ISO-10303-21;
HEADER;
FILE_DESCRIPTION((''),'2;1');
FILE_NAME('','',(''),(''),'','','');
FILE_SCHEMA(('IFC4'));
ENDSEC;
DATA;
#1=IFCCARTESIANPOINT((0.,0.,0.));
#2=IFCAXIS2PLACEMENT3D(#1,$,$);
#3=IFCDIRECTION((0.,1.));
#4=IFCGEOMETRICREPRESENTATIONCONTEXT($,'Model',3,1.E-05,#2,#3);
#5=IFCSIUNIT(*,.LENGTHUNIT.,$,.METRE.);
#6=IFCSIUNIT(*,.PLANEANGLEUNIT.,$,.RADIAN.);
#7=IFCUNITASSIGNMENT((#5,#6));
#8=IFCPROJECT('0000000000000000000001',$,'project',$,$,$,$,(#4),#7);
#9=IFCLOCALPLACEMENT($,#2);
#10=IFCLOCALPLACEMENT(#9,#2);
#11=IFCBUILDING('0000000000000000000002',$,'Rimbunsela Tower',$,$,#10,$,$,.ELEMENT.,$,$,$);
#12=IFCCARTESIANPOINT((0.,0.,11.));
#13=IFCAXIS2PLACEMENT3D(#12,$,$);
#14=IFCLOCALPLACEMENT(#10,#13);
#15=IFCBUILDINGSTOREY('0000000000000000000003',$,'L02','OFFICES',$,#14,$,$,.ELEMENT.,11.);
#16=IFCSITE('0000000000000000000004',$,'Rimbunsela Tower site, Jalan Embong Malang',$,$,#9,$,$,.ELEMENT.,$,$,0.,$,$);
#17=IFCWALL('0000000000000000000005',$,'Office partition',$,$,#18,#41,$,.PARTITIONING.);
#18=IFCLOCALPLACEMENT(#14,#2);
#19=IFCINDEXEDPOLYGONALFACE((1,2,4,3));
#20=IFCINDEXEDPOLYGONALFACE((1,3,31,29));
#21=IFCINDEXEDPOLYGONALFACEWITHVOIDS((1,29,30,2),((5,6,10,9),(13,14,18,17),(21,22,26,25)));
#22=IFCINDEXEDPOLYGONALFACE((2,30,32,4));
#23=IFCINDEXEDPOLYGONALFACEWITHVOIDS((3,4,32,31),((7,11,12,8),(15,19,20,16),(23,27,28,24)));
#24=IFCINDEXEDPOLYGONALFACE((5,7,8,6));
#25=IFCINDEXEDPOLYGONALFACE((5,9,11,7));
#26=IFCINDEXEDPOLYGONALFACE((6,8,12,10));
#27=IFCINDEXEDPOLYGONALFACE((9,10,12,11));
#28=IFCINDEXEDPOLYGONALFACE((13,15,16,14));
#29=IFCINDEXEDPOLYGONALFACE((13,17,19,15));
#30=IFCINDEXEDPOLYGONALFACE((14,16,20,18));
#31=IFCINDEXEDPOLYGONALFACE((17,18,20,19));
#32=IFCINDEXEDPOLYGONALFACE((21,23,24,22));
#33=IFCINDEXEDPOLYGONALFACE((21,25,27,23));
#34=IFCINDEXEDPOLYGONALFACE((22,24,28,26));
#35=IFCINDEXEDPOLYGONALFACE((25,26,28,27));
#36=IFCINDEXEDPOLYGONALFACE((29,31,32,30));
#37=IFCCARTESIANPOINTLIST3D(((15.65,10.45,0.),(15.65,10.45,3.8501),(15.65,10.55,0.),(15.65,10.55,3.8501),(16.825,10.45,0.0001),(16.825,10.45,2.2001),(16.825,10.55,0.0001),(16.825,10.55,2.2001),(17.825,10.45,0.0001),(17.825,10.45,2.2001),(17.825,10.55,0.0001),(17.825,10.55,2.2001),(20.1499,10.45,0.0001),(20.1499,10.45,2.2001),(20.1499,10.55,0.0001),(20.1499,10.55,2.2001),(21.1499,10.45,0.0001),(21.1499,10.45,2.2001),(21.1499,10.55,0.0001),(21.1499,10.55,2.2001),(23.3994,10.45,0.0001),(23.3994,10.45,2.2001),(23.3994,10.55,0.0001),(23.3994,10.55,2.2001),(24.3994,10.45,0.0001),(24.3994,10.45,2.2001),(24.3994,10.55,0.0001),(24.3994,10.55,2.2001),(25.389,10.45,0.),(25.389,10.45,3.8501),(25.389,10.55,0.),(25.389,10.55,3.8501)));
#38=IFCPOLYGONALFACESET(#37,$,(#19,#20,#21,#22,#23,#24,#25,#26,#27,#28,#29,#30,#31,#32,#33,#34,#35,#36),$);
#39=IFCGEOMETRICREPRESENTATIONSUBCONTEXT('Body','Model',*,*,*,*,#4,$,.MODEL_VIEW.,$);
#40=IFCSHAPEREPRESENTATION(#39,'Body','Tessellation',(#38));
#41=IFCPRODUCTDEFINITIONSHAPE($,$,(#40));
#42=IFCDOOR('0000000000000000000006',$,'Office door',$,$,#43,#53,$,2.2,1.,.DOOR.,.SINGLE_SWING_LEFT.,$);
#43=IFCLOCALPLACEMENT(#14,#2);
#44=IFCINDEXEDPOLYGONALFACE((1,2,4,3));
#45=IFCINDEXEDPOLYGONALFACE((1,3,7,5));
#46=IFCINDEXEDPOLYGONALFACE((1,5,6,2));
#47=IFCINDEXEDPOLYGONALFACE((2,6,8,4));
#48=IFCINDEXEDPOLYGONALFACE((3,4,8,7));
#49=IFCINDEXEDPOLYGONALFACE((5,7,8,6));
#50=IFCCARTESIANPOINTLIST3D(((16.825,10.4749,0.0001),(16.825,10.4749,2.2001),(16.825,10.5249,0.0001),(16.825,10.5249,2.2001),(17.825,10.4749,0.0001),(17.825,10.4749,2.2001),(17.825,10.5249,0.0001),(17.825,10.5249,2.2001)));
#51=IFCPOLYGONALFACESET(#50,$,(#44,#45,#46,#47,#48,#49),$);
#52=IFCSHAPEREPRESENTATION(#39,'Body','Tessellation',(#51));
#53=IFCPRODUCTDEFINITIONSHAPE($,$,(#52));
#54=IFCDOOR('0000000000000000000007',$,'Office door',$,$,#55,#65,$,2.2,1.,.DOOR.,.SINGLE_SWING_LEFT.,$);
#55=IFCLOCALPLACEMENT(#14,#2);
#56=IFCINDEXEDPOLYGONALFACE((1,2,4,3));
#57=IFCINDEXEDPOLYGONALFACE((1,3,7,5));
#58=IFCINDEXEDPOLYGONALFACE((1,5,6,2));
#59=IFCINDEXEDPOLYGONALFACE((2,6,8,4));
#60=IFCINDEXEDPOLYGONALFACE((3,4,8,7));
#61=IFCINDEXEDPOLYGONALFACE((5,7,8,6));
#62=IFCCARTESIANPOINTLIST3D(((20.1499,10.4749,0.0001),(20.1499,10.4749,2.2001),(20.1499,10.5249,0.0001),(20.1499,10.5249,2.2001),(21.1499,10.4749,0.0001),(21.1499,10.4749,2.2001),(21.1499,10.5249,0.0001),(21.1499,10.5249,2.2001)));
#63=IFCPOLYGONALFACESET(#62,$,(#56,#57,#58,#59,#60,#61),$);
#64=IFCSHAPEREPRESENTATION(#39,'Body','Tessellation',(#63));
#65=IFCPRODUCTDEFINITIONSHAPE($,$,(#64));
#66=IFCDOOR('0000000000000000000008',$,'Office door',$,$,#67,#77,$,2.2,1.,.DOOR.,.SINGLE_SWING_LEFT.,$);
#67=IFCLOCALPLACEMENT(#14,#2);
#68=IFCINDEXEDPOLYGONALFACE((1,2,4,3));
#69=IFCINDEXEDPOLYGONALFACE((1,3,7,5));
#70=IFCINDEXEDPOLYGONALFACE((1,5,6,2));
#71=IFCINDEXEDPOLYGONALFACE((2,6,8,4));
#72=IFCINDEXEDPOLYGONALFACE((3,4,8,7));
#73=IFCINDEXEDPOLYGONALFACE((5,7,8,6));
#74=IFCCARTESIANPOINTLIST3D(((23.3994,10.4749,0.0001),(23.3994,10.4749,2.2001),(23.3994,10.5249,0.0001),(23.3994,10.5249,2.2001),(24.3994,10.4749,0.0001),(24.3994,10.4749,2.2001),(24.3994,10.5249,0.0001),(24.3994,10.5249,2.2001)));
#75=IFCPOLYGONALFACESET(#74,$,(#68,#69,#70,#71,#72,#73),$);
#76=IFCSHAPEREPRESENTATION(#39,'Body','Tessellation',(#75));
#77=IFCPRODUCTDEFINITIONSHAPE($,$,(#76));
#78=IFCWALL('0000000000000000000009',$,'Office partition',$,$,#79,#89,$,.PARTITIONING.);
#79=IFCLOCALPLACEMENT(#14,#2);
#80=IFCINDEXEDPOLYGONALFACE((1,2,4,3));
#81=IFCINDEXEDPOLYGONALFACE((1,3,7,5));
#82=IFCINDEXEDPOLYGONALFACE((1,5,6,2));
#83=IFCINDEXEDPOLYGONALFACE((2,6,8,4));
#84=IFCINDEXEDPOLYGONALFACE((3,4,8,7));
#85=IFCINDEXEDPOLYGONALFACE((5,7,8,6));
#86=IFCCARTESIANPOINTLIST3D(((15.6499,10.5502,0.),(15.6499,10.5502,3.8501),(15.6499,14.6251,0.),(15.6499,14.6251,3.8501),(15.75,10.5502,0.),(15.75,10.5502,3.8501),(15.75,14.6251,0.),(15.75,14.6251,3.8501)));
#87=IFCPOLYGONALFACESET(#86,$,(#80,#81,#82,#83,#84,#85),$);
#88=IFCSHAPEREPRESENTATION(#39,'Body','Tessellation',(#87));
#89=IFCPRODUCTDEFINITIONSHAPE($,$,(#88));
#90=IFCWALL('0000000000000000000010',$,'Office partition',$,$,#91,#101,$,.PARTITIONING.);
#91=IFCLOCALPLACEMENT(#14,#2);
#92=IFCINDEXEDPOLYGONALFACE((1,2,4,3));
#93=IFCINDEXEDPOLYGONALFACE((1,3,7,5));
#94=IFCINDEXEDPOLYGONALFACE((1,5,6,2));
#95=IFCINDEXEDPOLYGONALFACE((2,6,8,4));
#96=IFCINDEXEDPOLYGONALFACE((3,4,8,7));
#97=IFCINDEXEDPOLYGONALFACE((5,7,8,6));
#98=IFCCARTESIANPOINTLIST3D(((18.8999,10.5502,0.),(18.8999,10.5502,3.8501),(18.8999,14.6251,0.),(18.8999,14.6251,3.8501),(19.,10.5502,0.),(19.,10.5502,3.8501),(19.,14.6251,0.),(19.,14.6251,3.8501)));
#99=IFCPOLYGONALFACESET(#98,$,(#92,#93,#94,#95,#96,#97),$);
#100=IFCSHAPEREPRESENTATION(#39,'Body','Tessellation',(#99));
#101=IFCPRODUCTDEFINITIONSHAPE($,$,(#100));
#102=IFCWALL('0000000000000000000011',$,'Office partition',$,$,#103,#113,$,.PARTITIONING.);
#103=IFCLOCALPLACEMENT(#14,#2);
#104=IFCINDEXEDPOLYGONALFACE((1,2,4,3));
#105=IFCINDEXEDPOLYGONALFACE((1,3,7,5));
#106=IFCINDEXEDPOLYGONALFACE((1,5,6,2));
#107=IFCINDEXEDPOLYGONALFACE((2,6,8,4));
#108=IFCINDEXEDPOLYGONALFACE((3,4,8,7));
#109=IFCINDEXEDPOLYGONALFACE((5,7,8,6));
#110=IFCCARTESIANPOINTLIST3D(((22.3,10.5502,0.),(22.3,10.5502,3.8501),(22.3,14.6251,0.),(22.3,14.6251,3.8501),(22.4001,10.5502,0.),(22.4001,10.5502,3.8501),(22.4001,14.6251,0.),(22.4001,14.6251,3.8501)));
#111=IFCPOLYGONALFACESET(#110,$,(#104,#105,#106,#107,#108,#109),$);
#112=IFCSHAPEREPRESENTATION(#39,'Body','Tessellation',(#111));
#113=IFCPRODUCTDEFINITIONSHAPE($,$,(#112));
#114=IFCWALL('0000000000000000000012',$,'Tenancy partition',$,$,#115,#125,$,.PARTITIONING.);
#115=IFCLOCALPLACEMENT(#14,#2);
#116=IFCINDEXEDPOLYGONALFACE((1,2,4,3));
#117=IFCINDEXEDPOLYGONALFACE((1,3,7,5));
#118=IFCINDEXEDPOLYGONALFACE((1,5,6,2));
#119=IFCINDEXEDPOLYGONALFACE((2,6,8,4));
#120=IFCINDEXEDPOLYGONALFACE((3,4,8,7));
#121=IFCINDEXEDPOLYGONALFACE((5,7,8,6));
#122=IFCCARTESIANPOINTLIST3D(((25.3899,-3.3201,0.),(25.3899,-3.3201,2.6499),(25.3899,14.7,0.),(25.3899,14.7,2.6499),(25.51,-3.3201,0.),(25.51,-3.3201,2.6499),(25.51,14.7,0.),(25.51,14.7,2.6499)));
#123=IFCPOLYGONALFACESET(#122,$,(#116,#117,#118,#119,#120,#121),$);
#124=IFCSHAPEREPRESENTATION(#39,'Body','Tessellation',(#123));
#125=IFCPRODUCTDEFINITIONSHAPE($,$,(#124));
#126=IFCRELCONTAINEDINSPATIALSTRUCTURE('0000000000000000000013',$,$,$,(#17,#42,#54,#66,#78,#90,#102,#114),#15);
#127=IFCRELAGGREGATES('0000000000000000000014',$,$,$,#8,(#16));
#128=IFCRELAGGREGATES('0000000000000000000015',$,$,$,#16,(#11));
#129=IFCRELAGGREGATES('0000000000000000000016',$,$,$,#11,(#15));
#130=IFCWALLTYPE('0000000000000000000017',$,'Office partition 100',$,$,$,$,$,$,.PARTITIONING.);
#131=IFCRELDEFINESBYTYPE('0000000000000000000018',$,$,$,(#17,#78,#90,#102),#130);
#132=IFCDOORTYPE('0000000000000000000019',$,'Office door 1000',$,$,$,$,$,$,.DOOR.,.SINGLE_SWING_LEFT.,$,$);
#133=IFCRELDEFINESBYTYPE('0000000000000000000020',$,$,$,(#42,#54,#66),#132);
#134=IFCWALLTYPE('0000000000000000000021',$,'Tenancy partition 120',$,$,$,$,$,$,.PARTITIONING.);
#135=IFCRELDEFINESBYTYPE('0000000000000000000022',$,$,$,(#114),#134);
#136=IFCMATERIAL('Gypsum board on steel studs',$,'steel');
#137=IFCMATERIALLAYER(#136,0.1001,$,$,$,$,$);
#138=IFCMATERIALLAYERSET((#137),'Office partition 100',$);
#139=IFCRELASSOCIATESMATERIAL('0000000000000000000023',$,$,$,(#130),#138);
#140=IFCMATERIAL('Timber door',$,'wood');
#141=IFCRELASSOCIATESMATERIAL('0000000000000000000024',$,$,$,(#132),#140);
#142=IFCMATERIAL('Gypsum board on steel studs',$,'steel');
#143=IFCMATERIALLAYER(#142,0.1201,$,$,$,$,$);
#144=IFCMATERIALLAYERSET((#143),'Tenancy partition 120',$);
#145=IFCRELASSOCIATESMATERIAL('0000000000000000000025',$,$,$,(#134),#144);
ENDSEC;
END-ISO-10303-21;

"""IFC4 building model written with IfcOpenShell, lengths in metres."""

from ifc_helpers import new_model, si_unit, direction, frame, frame_2d, origin, place, context, subcontext, project, spatial, rectangle, extrude, material, layer, layer_set, type_object, element, fill, save


model = new_model("IFC4")

# Units and contexts
model_context = context("Model", 3, precision=1e-05, world=origin(), true_north=direction((0.0, 1.0)))
body_context = subcontext(model_context, "Body", "Model", "MODEL_VIEW")
ifc_project = project(units=[si_unit("LENGTHUNIT", "METRE"), si_unit("PLANEANGLEUNIT", "RADIAN")], contexts=[model_context])

# Site, building, storey
site_placement = place(None, origin())
site = spatial("IfcSite", under=ifc_project, at=site_placement, Name="Rimbunsela Tower site, Jalan Embong Malang", CompositionType="ELEMENT", RefElevation=0.0)
building_placement = place(site_placement, origin())
building = spatial("IfcBuilding", under=site, at=building_placement, Name="Rimbunsela Tower", CompositionType="ELEMENT")
storey_placement = place(building_placement, frame((0.0, 0.0, 11.0)))
storey = spatial("IfcBuildingStorey", under=building, at=storey_placement, Name="L02", Description="OFFICES", CompositionType="ELEMENT", Elevation=11.0)

# Wall, openings, doors
ifc_material_1 = material(Name="Gypsum board on steel studs", Category="steel")
ifc_layer_1 = layer(ifc_material_1, 0.1001)
ifc_layer_set_1 = layer_set([ifc_layer_1], Name="Office partition 100")
wall_type_1 = type_object("IfcWallType", Name="Office partition 100", PredefinedType="PARTITIONING", material=ifc_layer_set_1)
wall_1_placement = place(storey_placement, frame((15.6499, 10.5, 0.0), z_axis=(0.0, 0.0, 1.0), x_axis=(1.0, 0.0, 0.0)))
wall_1 = element("IfcWall", 1, at=wall_1_placement, inside=storey, type_object=wall_type_1, Name="Office partition", PredefinedType="PARTITIONING", context=body_context, shape_type="SweptSolid", body=[
    extrude(rectangle(XDim=9.739, YDim=0.1001, at=frame_2d((4.8696, 0.0))), origin(), (0.0, 0.0, 1.0), 3.8501),
])
opening_1_placement = place(wall_1_placement, frame((1.175, 0.0, 0.0)))
opening_1 = element("IfcOpeningElement", 2, at=opening_1_placement, cuts=wall_1, PredefinedType="OPENING", context=body_context, shape_type="SweptSolid", body=[
    extrude(rectangle(XDim=1.0, YDim=2.2, at=frame_2d((0.5, 1.1001))), frame((0.0, 0.0601, 0.0), z_axis=(0.0, -1.0, 0.0), x_axis=(1.0, 0.0, 0.0)), (0.0, 0.0, 1.0), 0.1201),
])
opening_2_placement = place(wall_1_placement, frame((4.5, 0.0, 0.0)))
opening_2 = element("IfcOpeningElement", 3, at=opening_2_placement, cuts=wall_1, PredefinedType="OPENING", context=body_context, shape_type="SweptSolid", body=[
    extrude(rectangle(XDim=1.0, YDim=2.2, at=frame_2d((0.5, 1.1001))), frame((0.0, 0.0601, 0.0), z_axis=(0.0, -1.0, 0.0), x_axis=(1.0, 0.0, 0.0)), (0.0, 0.0, 1.0), 0.1201),
])
opening_3_placement = place(wall_1_placement, frame((7.7495, 0.0, 0.0)))
opening_3 = element("IfcOpeningElement", 4, at=opening_3_placement, cuts=wall_1, PredefinedType="OPENING", context=body_context, shape_type="SweptSolid", body=[
    extrude(rectangle(XDim=1.0, YDim=2.2, at=frame_2d((0.5, 1.1001))), frame((0.0, 0.0601, 0.0), z_axis=(0.0, -1.0, 0.0), x_axis=(1.0, 0.0, 0.0)), (0.0, 0.0, 1.0), 0.1201),
])
ifc_material_2 = material(Name="Timber door", Category="wood")
door_type = type_object("IfcDoorType", Name="Office door 1000", OperationType="SINGLE_SWING_LEFT", PredefinedType="DOOR", material=ifc_material_2)
door_1_placement = place(opening_1_placement, origin())
door_1 = element("IfcDoor", 5, at=door_1_placement, inside=storey, type_object=door_type, Name="Office door", OperationType="SINGLE_SWING_LEFT", OverallHeight=2.2, OverallWidth=1.0, PredefinedType="DOOR", context=body_context, shape_type="SweptSolid", body=[
    extrude(rectangle(XDim=1.0, YDim=2.2, at=frame_2d((0.5, 1.1001))), frame((0.0, 0.0249, 0.0), z_axis=(0.0, -1.0, 0.0), x_axis=(1.0, 0.0, 0.0)), (0.0, 0.0, 1.0), 0.05),
])
fill(opening_1, door_1)
door_2_placement = place(opening_2_placement, origin())
door_2 = element("IfcDoor", 6, at=door_2_placement, inside=storey, type_object=door_type, Name="Office door", OperationType="SINGLE_SWING_LEFT", OverallHeight=2.2, OverallWidth=1.0, PredefinedType="DOOR", context=body_context, shape_type="SweptSolid", body=[
    extrude(rectangle(XDim=1.0, YDim=2.2, at=frame_2d((0.5, 1.1001))), frame((0.0, 0.0249, 0.0), z_axis=(0.0, -1.0, 0.0), x_axis=(1.0, 0.0, 0.0)), (0.0, 0.0, 1.0), 0.05),
])
fill(opening_2, door_2)
door_3_placement = place(opening_3_placement, origin())
door_3 = element("IfcDoor", 7, at=door_3_placement, inside=storey, type_object=door_type, Name="Office door", OperationType="SINGLE_SWING_LEFT", OverallHeight=2.2, OverallWidth=1.0, PredefinedType="DOOR", context=body_context, shape_type="SweptSolid", body=[
    extrude(rectangle(XDim=1.0, YDim=2.2, at=frame_2d((0.5, 1.1001))), frame((0.0, 0.0249, 0.0), z_axis=(0.0, -1.0, 0.0), x_axis=(1.0, 0.0, 0.0)), (0.0, 0.0, 1.0), 0.05),
])
fill(opening_3, door_3)

# Walls
for number, where, z_axis, x_axis, name in (
    (8, (15.7, 10.55, 0.0), (0.0, 0.0, 1.0), (0.0, 1.0, 0.0), "Office partition"),
    (9, (18.95, 10.55, 0.0), (0.0, 0.0, 1.0), (0.0, 1.0, 0.0), "Office partition"),
    (10, (22.3501, 10.55, 0.0), (0.0, 0.0, 1.0), (0.0, 1.0, 0.0), "Office partition"),
):
    element("IfcWall", number, at=place(storey_placement, frame(where, z_axis=z_axis, x_axis=x_axis)), inside=storey, type_object=wall_type_1, Name=name, PredefinedType="PARTITIONING", context=body_context, shape_type="SweptSolid", body=[
        extrude(rectangle(XDim=4.075, YDim=0.1001, at=frame_2d((2.0376, 0.0))), origin(), (0.0, 0.0, 1.0), 3.8501),
    ])
ifc_material_3 = material(Name="Gypsum board on steel studs", Category="steel")
ifc_layer_2 = layer(ifc_material_3, 0.1201)
ifc_layer_set_2 = layer_set([ifc_layer_2], Name="Tenancy partition 120")
wall_type_2 = type_object("IfcWallType", Name="Tenancy partition 120", PredefinedType="PARTITIONING", material=ifc_layer_set_2)
wall_2_placement = place(storey_placement, frame((25.45, -3.3201, 0.0), z_axis=(0.0, 0.0, 1.0), x_axis=(0.0, 1.0, 0.0)))
element("IfcWall", 11, at=wall_2_placement, inside=storey, type_object=wall_type_2, Name="Tenancy partition", PredefinedType="PARTITIONING", context=body_context, shape_type="SweptSolid", body=[
    extrude(rectangle(XDim=18.02, YDim=0.1201, at=frame_2d((9.01, 0.0))), origin(), (0.0, 0.0, 1.0), 2.6499),
])

save(model, "model.ifc")
